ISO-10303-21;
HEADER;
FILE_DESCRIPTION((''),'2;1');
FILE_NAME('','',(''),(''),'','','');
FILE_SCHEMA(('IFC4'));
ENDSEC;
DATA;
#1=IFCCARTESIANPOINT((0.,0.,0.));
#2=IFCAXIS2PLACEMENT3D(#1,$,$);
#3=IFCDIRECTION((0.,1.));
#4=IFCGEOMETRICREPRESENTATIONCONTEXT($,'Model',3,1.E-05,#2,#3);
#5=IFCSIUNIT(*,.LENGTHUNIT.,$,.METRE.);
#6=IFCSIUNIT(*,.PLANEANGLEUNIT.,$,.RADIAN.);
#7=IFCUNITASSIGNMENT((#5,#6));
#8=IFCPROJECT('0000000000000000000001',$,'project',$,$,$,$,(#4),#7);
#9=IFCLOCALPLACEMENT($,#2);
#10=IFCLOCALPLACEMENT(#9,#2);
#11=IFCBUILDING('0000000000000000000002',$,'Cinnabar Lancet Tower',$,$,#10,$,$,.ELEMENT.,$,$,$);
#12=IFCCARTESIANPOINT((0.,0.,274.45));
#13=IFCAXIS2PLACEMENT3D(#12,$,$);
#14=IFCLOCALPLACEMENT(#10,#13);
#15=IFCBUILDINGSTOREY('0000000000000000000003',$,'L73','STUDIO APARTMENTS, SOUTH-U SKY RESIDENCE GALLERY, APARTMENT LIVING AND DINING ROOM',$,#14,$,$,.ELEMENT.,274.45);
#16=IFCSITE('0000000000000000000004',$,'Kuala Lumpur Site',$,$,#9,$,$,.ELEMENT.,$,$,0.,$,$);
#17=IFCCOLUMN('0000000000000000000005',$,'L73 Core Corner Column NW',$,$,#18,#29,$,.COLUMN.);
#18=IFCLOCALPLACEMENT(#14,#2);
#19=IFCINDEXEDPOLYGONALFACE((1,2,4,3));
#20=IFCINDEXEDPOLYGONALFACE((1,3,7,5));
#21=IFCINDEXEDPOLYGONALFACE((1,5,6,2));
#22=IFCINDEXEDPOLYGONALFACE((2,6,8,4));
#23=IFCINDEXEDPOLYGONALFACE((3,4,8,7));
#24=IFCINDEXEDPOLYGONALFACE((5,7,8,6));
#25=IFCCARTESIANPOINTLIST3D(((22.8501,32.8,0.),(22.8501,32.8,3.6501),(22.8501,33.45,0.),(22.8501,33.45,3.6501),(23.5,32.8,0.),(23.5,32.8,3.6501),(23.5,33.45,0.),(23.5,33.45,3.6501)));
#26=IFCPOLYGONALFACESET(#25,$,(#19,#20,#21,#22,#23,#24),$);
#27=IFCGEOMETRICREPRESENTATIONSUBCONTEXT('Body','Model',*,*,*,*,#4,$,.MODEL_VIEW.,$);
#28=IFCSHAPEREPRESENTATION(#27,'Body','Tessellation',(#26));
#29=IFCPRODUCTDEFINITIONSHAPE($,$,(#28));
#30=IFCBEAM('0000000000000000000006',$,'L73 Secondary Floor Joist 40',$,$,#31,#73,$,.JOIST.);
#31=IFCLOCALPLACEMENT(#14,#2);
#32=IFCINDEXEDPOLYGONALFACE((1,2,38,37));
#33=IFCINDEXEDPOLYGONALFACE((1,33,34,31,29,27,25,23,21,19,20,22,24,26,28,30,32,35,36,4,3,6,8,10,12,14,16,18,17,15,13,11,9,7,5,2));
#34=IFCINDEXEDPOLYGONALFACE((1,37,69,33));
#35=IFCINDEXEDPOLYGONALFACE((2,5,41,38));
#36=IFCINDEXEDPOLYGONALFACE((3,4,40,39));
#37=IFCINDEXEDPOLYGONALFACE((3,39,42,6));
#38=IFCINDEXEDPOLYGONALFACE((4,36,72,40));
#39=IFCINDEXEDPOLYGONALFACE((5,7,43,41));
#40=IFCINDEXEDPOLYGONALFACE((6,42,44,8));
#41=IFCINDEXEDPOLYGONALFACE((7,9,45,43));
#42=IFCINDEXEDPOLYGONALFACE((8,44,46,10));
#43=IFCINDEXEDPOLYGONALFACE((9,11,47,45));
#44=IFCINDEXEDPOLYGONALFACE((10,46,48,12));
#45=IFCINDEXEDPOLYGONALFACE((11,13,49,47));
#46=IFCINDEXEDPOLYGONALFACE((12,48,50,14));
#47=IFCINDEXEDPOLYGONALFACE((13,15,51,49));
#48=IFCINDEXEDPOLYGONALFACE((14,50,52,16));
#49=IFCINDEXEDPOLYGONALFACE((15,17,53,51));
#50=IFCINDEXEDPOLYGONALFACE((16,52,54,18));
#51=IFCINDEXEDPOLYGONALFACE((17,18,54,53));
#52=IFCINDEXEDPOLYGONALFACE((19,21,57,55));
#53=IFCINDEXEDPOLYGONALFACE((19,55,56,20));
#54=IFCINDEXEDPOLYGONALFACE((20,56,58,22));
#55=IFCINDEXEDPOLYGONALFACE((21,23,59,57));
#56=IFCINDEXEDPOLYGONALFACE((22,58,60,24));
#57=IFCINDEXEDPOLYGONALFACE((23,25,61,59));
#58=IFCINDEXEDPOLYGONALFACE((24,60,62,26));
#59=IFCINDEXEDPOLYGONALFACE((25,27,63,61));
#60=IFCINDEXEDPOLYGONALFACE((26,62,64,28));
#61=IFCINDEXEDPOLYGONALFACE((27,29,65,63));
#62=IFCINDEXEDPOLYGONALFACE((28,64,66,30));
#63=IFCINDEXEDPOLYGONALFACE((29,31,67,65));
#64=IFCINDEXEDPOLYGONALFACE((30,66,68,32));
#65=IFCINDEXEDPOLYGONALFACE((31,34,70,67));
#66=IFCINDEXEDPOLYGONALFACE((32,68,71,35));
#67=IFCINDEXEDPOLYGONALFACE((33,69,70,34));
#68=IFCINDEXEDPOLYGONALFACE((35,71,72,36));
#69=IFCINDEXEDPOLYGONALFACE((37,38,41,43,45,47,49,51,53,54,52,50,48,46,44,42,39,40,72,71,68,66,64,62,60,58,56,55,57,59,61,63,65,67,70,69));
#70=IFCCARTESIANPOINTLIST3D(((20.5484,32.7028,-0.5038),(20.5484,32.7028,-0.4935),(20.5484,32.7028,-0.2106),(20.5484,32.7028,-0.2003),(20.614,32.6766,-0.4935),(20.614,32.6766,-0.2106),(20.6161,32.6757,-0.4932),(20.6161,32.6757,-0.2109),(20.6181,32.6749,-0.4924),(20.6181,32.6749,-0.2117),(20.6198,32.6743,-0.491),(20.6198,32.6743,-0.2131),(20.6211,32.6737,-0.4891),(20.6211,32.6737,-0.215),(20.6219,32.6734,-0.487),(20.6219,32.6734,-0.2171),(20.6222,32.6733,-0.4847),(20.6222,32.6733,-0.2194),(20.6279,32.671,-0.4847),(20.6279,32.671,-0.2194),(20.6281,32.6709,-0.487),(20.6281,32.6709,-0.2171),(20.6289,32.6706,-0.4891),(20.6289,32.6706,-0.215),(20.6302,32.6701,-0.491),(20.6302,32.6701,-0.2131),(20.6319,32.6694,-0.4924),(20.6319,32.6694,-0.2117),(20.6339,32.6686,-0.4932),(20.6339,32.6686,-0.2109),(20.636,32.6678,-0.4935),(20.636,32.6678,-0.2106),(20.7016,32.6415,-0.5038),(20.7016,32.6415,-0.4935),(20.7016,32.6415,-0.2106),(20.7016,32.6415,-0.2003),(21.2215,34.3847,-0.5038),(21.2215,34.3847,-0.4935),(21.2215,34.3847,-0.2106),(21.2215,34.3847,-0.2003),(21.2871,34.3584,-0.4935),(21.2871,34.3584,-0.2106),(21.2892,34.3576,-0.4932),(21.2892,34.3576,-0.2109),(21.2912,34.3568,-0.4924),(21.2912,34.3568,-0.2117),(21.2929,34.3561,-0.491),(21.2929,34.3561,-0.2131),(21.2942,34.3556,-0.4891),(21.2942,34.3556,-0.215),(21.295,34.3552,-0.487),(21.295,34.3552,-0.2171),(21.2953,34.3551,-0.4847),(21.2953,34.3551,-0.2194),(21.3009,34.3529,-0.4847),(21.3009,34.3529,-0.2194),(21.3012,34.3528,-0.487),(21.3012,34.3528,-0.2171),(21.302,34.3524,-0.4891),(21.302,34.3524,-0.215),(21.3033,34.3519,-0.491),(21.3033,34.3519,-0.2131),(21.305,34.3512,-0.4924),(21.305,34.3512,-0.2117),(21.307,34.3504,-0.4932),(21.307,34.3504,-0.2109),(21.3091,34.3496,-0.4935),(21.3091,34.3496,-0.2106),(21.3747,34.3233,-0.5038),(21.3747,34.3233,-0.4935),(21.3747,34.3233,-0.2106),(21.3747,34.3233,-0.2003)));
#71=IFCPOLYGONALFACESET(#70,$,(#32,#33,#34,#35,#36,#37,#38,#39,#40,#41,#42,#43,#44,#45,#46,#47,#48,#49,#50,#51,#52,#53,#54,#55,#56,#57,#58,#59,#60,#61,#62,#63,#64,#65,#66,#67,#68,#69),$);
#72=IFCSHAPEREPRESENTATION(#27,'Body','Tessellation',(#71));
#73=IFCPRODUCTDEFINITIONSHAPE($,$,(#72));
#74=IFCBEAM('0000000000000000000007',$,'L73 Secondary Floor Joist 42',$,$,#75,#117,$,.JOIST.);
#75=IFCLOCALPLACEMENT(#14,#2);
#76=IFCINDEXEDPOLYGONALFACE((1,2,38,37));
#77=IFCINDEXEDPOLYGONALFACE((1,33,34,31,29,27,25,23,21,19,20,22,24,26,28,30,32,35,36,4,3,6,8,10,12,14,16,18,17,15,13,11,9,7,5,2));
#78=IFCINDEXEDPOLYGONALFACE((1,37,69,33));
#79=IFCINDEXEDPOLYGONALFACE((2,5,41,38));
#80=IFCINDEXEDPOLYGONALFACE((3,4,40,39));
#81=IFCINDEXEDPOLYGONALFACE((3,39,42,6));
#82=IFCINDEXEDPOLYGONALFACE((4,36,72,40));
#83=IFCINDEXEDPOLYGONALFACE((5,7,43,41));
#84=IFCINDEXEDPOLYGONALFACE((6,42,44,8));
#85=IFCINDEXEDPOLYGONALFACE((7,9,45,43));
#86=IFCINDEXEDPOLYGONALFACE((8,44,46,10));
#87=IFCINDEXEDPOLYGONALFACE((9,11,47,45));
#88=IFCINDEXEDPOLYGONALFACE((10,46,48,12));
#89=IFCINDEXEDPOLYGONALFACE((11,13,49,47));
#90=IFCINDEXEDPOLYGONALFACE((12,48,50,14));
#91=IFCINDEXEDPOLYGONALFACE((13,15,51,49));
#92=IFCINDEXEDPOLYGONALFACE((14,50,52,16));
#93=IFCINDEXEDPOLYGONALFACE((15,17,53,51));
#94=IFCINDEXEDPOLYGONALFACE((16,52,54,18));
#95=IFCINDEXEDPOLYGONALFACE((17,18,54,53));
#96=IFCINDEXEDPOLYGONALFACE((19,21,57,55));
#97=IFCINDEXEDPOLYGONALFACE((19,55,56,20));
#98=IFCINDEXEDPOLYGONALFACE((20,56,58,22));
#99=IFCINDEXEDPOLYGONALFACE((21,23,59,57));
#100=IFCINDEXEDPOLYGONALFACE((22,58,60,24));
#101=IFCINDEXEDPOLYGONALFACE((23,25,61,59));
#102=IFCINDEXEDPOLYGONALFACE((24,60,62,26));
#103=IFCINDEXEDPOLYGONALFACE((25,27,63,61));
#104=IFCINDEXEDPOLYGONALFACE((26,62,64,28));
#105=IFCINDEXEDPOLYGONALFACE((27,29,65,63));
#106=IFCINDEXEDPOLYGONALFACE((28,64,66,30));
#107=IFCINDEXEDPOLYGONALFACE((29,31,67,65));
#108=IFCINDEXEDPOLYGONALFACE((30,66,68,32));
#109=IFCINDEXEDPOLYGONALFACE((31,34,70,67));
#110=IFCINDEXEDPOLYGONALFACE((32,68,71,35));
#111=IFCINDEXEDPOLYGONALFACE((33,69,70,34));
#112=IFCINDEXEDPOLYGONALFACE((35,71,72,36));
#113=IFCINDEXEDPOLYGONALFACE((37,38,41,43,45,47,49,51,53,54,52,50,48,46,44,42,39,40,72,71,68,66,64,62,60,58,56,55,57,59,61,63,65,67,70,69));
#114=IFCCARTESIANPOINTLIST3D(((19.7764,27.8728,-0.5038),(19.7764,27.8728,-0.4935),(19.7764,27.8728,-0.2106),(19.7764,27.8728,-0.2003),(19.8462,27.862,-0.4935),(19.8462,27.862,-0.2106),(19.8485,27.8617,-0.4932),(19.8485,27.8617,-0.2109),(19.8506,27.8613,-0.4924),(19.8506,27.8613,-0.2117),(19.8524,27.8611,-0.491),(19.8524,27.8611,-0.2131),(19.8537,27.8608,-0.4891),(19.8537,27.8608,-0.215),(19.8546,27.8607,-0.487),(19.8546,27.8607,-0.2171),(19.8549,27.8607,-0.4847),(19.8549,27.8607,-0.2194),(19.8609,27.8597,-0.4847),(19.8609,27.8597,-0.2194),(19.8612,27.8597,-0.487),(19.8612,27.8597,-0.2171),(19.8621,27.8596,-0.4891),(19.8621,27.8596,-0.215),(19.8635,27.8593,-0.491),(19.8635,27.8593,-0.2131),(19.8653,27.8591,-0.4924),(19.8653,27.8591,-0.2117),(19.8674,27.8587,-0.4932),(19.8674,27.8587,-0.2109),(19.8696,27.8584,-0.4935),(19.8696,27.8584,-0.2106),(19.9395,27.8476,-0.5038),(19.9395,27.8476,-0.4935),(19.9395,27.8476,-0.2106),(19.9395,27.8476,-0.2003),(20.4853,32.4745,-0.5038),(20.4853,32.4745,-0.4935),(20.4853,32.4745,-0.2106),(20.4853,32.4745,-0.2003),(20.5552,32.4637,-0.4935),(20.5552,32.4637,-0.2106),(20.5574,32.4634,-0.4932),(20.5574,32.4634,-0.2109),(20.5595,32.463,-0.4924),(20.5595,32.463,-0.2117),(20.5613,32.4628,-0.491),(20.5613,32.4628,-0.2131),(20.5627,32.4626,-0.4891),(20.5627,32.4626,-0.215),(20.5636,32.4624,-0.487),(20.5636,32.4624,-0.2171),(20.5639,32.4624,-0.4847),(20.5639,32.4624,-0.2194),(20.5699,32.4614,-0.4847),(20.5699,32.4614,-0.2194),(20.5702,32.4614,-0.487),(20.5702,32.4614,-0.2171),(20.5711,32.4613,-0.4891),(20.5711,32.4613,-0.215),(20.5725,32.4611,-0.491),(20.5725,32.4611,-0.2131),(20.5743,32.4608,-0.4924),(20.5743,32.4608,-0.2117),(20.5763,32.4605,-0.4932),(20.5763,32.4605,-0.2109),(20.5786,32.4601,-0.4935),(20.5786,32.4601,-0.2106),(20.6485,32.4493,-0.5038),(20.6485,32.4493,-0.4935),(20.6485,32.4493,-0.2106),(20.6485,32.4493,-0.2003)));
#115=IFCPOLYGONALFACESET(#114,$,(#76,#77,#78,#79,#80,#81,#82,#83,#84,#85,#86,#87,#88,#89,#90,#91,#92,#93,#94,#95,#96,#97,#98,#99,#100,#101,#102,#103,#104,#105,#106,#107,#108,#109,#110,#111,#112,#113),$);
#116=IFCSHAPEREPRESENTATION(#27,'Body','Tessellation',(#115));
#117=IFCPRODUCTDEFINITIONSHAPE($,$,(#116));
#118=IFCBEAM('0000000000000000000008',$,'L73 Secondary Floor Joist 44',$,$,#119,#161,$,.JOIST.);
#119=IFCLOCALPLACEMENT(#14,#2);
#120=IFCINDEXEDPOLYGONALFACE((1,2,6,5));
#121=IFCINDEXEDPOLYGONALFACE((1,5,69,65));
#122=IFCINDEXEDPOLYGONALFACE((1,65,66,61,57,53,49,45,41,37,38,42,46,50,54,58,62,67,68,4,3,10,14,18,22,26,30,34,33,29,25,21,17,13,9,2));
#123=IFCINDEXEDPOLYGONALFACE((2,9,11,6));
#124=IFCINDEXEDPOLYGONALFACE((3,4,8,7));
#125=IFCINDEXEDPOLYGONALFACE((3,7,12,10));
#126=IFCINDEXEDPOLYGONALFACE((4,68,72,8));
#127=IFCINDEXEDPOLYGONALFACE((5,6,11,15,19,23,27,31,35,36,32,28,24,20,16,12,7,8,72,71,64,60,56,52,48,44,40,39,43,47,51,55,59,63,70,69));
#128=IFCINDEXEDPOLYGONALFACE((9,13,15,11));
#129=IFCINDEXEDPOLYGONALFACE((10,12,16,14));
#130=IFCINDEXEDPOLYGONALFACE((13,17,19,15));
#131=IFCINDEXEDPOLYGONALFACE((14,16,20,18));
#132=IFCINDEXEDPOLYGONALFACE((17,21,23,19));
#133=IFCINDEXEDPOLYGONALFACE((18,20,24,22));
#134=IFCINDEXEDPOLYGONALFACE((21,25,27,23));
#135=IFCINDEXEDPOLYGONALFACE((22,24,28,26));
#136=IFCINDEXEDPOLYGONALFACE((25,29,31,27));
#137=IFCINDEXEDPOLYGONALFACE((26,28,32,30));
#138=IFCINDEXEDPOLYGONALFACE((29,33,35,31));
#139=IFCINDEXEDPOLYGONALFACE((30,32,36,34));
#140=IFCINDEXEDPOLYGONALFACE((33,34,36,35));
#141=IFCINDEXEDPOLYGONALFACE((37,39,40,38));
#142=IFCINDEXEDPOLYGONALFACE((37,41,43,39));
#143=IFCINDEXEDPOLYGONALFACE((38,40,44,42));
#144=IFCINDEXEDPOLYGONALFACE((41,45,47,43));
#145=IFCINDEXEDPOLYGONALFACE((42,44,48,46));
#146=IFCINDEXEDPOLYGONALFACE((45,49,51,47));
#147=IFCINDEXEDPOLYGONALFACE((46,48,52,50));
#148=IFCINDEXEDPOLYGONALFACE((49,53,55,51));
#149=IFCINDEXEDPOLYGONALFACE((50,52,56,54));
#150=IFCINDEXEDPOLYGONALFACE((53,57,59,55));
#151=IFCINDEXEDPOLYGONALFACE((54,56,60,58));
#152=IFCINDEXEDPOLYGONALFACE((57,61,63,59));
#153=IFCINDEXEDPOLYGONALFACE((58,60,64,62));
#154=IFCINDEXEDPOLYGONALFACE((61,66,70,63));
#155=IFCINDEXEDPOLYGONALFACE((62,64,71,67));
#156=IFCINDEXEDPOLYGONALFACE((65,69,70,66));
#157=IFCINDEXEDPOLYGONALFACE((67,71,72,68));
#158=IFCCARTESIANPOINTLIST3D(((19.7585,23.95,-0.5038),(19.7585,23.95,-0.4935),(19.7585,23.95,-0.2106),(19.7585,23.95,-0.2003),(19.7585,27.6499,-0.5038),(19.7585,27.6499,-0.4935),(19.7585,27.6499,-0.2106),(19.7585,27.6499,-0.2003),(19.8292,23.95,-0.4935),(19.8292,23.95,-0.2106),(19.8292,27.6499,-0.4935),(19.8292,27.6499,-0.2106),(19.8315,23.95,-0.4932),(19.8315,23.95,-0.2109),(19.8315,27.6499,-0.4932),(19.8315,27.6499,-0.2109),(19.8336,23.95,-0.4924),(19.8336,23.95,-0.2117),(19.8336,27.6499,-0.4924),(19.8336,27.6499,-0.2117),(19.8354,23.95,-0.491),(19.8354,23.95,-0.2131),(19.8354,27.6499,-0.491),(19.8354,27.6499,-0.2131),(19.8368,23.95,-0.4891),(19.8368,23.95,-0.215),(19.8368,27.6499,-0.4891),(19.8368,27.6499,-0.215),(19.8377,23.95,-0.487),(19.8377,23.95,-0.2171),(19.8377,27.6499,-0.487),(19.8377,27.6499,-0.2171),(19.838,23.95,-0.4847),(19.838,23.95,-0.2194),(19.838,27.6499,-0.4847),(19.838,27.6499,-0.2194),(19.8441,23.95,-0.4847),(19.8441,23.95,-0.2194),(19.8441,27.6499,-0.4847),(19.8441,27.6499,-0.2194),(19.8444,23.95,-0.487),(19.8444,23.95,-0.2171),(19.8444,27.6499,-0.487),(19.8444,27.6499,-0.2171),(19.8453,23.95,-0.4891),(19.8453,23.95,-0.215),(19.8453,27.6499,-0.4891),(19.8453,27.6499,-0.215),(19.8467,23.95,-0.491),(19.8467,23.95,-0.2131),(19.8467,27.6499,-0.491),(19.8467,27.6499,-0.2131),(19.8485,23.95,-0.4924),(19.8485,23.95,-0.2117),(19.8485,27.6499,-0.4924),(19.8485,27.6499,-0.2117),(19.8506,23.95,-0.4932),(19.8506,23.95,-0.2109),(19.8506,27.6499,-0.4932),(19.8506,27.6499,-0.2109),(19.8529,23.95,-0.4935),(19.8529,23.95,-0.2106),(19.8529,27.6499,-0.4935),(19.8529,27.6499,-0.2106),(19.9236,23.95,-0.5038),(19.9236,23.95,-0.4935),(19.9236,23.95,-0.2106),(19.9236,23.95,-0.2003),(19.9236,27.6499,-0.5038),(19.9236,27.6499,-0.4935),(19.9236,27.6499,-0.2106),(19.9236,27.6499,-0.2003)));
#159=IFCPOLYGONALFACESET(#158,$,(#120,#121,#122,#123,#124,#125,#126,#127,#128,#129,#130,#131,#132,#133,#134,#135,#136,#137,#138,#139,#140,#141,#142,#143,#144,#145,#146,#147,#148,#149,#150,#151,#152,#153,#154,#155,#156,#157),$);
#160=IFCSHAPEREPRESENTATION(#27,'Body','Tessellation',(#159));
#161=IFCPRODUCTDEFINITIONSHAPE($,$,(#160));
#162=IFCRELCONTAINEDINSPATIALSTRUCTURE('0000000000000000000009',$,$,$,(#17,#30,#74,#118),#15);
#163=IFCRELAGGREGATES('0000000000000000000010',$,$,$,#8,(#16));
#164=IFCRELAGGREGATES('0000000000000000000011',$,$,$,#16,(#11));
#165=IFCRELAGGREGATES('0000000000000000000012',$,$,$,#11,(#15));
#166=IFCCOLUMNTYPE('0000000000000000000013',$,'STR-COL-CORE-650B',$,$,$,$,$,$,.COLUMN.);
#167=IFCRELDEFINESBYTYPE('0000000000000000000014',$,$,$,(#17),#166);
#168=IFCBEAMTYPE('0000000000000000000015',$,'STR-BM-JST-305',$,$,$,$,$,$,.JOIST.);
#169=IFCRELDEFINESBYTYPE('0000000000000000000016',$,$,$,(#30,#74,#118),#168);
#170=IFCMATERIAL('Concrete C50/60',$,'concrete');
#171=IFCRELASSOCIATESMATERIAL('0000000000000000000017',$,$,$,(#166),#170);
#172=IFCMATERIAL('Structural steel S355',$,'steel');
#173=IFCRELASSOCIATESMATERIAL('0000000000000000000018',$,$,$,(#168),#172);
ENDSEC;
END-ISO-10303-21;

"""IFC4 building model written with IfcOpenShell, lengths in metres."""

from ifc_helpers import new_model, si_unit, direction, frame, origin, origin_2d, place, context, subcontext, project, spatial, rectangle, i_section, extrude, material, material_profile, profile_set, type_object, element, save


model = new_model("IFC4")

# Units and contexts
model_context = context("Model", 3, precision=1e-05, world=origin(), true_north=direction((0.0, 1.0)))
body_context = subcontext(model_context, "Body", "Model", "MODEL_VIEW")
ifc_project = project(units=[si_unit("LENGTHUNIT", "METRE"), si_unit("PLANEANGLEUNIT", "RADIAN")], contexts=[model_context])

# Site, building, storey
site_placement = place(None, origin())
site = spatial("IfcSite", under=ifc_project, at=site_placement, Name="Kuala Lumpur Site", CompositionType="ELEMENT", RefElevation=0.0)
building_placement = place(site_placement, origin())
building = spatial("IfcBuilding", under=site, at=building_placement, Name="Cinnabar Lancet Tower", CompositionType="ELEMENT")
storey_placement = place(building_placement, frame((0.0, 0.0, 274.45)))
storey = spatial("IfcBuildingStorey", under=building, at=storey_placement, Name="L73", Description="STUDIO APARTMENTS, SOUTH-U SKY RESIDENCE GALLERY, APARTMENT LIVING AND DINING ROOM", CompositionType="ELEMENT", Elevation=274.45)

# Column
ifc_material_1 = material(Name="Concrete C50/60", Category="concrete")
ifc_material_profile_1 = material_profile(ifc_material_1, rectangle(XDim=0.6499, YDim=0.6499, at=origin_2d()), Name="RC-COL 650x650")
ifc_profile_set_1 = profile_set([ifc_material_profile_1], Name="Concrete C50/60")
column_type = type_object("IfcColumnType", Name="STR-COL-CORE-650B", PredefinedType="COLUMN", material=ifc_profile_set_1)
column_placement = place(storey_placement, frame((23.175, 33.125, 0.0), z_axis=(0.0, 0.0, 1.0), x_axis=(1.0, 0.0, 0.0)))
element("IfcColumn", 1, at=column_placement, inside=storey, type_object=column_type, Name="L73 Core Corner Column NW", PredefinedType="COLUMN", context=body_context, shape_type="SweptSolid", body=[
    extrude(rectangle(XDim=0.6499, YDim=0.6499, at=origin_2d()), origin(), (0.0, 0.0, 1.0), 3.6501),
])

# Beams
ifc_material_2 = material(Name="Structural steel S355", Category="steel")
ifc_material_profile_2 = material_profile(ifc_material_2, i_section(OverallWidth=0.165, OverallDepth=0.3035, WebThickness=0.0061, FlangeThickness=0.0103, FilletRadius=0.0088, at=origin_2d()), Name="UKB 305x165x40")
ifc_profile_set_2 = profile_set([ifc_material_profile_2], Name="Structural steel S355")
beam_type_1 = type_object("IfcBeamType", Name="STR-BM-JST-305", PredefinedType="JOIST", material=ifc_profile_set_2)
beam_1_placement = place(storey_placement, frame((21.2981, 34.354, -0.3521), z_axis=(-0.371553, -0.928412, 0.0), x_axis=(0.928412, -0.371553, 0.0)))
element("IfcBeam", 2, at=beam_1_placement, inside=storey, type_object=beam_type_1, Name="L73 Secondary Floor Joist 40", PredefinedType="JOIST", context=body_context, shape_type="SweptSolid", body=[
    extrude(i_section(OverallWidth=0.165, OverallDepth=0.3035, WebThickness=0.0061, FlangeThickness=0.0103, FilletRadius=0.0088, at=origin_2d()), origin(), (0.0, 0.0, 1.0), 1.8115),
])
beam_2_placement = place(storey_placement, frame((20.5669, 32.4619, -0.3521), z_axis=(-0.15227, -0.988339, 0.0), x_axis=(0.988339, -0.15227, 0.0)))
element("IfcBeam", 3, at=beam_2_placement, inside=storey, type_object=beam_type_1, Name="L73 Secondary Floor Joist 42", PredefinedType="JOIST", context=body_context, shape_type="SweptSolid", body=[
    extrude(i_section(OverallWidth=0.165, OverallDepth=0.3035, WebThickness=0.0061, FlangeThickness=0.0103, FilletRadius=0.0088, at=origin_2d()), origin(), (0.0, 0.0, 1.0), 4.656),
])
beam_3_placement = place(storey_placement, frame((19.8411, 27.6499, -0.3521), z_axis=(0.0, -1.0, 0.0), x_axis=(1.0, 0.0, 0.0)))
element("IfcBeam", 4, at=beam_3_placement, inside=storey, type_object=beam_type_1, Name="L73 Secondary Floor Joist 44", PredefinedType="JOIST", context=body_context, shape_type="SweptSolid", body=[
    extrude(i_section(OverallWidth=0.165, OverallDepth=0.3035, WebThickness=0.0061, FlangeThickness=0.0103, FilletRadius=0.0088, at=origin_2d()), origin(), (0.0, 0.0, 1.0), 3.7),
])

save(model, "model.ifc")
